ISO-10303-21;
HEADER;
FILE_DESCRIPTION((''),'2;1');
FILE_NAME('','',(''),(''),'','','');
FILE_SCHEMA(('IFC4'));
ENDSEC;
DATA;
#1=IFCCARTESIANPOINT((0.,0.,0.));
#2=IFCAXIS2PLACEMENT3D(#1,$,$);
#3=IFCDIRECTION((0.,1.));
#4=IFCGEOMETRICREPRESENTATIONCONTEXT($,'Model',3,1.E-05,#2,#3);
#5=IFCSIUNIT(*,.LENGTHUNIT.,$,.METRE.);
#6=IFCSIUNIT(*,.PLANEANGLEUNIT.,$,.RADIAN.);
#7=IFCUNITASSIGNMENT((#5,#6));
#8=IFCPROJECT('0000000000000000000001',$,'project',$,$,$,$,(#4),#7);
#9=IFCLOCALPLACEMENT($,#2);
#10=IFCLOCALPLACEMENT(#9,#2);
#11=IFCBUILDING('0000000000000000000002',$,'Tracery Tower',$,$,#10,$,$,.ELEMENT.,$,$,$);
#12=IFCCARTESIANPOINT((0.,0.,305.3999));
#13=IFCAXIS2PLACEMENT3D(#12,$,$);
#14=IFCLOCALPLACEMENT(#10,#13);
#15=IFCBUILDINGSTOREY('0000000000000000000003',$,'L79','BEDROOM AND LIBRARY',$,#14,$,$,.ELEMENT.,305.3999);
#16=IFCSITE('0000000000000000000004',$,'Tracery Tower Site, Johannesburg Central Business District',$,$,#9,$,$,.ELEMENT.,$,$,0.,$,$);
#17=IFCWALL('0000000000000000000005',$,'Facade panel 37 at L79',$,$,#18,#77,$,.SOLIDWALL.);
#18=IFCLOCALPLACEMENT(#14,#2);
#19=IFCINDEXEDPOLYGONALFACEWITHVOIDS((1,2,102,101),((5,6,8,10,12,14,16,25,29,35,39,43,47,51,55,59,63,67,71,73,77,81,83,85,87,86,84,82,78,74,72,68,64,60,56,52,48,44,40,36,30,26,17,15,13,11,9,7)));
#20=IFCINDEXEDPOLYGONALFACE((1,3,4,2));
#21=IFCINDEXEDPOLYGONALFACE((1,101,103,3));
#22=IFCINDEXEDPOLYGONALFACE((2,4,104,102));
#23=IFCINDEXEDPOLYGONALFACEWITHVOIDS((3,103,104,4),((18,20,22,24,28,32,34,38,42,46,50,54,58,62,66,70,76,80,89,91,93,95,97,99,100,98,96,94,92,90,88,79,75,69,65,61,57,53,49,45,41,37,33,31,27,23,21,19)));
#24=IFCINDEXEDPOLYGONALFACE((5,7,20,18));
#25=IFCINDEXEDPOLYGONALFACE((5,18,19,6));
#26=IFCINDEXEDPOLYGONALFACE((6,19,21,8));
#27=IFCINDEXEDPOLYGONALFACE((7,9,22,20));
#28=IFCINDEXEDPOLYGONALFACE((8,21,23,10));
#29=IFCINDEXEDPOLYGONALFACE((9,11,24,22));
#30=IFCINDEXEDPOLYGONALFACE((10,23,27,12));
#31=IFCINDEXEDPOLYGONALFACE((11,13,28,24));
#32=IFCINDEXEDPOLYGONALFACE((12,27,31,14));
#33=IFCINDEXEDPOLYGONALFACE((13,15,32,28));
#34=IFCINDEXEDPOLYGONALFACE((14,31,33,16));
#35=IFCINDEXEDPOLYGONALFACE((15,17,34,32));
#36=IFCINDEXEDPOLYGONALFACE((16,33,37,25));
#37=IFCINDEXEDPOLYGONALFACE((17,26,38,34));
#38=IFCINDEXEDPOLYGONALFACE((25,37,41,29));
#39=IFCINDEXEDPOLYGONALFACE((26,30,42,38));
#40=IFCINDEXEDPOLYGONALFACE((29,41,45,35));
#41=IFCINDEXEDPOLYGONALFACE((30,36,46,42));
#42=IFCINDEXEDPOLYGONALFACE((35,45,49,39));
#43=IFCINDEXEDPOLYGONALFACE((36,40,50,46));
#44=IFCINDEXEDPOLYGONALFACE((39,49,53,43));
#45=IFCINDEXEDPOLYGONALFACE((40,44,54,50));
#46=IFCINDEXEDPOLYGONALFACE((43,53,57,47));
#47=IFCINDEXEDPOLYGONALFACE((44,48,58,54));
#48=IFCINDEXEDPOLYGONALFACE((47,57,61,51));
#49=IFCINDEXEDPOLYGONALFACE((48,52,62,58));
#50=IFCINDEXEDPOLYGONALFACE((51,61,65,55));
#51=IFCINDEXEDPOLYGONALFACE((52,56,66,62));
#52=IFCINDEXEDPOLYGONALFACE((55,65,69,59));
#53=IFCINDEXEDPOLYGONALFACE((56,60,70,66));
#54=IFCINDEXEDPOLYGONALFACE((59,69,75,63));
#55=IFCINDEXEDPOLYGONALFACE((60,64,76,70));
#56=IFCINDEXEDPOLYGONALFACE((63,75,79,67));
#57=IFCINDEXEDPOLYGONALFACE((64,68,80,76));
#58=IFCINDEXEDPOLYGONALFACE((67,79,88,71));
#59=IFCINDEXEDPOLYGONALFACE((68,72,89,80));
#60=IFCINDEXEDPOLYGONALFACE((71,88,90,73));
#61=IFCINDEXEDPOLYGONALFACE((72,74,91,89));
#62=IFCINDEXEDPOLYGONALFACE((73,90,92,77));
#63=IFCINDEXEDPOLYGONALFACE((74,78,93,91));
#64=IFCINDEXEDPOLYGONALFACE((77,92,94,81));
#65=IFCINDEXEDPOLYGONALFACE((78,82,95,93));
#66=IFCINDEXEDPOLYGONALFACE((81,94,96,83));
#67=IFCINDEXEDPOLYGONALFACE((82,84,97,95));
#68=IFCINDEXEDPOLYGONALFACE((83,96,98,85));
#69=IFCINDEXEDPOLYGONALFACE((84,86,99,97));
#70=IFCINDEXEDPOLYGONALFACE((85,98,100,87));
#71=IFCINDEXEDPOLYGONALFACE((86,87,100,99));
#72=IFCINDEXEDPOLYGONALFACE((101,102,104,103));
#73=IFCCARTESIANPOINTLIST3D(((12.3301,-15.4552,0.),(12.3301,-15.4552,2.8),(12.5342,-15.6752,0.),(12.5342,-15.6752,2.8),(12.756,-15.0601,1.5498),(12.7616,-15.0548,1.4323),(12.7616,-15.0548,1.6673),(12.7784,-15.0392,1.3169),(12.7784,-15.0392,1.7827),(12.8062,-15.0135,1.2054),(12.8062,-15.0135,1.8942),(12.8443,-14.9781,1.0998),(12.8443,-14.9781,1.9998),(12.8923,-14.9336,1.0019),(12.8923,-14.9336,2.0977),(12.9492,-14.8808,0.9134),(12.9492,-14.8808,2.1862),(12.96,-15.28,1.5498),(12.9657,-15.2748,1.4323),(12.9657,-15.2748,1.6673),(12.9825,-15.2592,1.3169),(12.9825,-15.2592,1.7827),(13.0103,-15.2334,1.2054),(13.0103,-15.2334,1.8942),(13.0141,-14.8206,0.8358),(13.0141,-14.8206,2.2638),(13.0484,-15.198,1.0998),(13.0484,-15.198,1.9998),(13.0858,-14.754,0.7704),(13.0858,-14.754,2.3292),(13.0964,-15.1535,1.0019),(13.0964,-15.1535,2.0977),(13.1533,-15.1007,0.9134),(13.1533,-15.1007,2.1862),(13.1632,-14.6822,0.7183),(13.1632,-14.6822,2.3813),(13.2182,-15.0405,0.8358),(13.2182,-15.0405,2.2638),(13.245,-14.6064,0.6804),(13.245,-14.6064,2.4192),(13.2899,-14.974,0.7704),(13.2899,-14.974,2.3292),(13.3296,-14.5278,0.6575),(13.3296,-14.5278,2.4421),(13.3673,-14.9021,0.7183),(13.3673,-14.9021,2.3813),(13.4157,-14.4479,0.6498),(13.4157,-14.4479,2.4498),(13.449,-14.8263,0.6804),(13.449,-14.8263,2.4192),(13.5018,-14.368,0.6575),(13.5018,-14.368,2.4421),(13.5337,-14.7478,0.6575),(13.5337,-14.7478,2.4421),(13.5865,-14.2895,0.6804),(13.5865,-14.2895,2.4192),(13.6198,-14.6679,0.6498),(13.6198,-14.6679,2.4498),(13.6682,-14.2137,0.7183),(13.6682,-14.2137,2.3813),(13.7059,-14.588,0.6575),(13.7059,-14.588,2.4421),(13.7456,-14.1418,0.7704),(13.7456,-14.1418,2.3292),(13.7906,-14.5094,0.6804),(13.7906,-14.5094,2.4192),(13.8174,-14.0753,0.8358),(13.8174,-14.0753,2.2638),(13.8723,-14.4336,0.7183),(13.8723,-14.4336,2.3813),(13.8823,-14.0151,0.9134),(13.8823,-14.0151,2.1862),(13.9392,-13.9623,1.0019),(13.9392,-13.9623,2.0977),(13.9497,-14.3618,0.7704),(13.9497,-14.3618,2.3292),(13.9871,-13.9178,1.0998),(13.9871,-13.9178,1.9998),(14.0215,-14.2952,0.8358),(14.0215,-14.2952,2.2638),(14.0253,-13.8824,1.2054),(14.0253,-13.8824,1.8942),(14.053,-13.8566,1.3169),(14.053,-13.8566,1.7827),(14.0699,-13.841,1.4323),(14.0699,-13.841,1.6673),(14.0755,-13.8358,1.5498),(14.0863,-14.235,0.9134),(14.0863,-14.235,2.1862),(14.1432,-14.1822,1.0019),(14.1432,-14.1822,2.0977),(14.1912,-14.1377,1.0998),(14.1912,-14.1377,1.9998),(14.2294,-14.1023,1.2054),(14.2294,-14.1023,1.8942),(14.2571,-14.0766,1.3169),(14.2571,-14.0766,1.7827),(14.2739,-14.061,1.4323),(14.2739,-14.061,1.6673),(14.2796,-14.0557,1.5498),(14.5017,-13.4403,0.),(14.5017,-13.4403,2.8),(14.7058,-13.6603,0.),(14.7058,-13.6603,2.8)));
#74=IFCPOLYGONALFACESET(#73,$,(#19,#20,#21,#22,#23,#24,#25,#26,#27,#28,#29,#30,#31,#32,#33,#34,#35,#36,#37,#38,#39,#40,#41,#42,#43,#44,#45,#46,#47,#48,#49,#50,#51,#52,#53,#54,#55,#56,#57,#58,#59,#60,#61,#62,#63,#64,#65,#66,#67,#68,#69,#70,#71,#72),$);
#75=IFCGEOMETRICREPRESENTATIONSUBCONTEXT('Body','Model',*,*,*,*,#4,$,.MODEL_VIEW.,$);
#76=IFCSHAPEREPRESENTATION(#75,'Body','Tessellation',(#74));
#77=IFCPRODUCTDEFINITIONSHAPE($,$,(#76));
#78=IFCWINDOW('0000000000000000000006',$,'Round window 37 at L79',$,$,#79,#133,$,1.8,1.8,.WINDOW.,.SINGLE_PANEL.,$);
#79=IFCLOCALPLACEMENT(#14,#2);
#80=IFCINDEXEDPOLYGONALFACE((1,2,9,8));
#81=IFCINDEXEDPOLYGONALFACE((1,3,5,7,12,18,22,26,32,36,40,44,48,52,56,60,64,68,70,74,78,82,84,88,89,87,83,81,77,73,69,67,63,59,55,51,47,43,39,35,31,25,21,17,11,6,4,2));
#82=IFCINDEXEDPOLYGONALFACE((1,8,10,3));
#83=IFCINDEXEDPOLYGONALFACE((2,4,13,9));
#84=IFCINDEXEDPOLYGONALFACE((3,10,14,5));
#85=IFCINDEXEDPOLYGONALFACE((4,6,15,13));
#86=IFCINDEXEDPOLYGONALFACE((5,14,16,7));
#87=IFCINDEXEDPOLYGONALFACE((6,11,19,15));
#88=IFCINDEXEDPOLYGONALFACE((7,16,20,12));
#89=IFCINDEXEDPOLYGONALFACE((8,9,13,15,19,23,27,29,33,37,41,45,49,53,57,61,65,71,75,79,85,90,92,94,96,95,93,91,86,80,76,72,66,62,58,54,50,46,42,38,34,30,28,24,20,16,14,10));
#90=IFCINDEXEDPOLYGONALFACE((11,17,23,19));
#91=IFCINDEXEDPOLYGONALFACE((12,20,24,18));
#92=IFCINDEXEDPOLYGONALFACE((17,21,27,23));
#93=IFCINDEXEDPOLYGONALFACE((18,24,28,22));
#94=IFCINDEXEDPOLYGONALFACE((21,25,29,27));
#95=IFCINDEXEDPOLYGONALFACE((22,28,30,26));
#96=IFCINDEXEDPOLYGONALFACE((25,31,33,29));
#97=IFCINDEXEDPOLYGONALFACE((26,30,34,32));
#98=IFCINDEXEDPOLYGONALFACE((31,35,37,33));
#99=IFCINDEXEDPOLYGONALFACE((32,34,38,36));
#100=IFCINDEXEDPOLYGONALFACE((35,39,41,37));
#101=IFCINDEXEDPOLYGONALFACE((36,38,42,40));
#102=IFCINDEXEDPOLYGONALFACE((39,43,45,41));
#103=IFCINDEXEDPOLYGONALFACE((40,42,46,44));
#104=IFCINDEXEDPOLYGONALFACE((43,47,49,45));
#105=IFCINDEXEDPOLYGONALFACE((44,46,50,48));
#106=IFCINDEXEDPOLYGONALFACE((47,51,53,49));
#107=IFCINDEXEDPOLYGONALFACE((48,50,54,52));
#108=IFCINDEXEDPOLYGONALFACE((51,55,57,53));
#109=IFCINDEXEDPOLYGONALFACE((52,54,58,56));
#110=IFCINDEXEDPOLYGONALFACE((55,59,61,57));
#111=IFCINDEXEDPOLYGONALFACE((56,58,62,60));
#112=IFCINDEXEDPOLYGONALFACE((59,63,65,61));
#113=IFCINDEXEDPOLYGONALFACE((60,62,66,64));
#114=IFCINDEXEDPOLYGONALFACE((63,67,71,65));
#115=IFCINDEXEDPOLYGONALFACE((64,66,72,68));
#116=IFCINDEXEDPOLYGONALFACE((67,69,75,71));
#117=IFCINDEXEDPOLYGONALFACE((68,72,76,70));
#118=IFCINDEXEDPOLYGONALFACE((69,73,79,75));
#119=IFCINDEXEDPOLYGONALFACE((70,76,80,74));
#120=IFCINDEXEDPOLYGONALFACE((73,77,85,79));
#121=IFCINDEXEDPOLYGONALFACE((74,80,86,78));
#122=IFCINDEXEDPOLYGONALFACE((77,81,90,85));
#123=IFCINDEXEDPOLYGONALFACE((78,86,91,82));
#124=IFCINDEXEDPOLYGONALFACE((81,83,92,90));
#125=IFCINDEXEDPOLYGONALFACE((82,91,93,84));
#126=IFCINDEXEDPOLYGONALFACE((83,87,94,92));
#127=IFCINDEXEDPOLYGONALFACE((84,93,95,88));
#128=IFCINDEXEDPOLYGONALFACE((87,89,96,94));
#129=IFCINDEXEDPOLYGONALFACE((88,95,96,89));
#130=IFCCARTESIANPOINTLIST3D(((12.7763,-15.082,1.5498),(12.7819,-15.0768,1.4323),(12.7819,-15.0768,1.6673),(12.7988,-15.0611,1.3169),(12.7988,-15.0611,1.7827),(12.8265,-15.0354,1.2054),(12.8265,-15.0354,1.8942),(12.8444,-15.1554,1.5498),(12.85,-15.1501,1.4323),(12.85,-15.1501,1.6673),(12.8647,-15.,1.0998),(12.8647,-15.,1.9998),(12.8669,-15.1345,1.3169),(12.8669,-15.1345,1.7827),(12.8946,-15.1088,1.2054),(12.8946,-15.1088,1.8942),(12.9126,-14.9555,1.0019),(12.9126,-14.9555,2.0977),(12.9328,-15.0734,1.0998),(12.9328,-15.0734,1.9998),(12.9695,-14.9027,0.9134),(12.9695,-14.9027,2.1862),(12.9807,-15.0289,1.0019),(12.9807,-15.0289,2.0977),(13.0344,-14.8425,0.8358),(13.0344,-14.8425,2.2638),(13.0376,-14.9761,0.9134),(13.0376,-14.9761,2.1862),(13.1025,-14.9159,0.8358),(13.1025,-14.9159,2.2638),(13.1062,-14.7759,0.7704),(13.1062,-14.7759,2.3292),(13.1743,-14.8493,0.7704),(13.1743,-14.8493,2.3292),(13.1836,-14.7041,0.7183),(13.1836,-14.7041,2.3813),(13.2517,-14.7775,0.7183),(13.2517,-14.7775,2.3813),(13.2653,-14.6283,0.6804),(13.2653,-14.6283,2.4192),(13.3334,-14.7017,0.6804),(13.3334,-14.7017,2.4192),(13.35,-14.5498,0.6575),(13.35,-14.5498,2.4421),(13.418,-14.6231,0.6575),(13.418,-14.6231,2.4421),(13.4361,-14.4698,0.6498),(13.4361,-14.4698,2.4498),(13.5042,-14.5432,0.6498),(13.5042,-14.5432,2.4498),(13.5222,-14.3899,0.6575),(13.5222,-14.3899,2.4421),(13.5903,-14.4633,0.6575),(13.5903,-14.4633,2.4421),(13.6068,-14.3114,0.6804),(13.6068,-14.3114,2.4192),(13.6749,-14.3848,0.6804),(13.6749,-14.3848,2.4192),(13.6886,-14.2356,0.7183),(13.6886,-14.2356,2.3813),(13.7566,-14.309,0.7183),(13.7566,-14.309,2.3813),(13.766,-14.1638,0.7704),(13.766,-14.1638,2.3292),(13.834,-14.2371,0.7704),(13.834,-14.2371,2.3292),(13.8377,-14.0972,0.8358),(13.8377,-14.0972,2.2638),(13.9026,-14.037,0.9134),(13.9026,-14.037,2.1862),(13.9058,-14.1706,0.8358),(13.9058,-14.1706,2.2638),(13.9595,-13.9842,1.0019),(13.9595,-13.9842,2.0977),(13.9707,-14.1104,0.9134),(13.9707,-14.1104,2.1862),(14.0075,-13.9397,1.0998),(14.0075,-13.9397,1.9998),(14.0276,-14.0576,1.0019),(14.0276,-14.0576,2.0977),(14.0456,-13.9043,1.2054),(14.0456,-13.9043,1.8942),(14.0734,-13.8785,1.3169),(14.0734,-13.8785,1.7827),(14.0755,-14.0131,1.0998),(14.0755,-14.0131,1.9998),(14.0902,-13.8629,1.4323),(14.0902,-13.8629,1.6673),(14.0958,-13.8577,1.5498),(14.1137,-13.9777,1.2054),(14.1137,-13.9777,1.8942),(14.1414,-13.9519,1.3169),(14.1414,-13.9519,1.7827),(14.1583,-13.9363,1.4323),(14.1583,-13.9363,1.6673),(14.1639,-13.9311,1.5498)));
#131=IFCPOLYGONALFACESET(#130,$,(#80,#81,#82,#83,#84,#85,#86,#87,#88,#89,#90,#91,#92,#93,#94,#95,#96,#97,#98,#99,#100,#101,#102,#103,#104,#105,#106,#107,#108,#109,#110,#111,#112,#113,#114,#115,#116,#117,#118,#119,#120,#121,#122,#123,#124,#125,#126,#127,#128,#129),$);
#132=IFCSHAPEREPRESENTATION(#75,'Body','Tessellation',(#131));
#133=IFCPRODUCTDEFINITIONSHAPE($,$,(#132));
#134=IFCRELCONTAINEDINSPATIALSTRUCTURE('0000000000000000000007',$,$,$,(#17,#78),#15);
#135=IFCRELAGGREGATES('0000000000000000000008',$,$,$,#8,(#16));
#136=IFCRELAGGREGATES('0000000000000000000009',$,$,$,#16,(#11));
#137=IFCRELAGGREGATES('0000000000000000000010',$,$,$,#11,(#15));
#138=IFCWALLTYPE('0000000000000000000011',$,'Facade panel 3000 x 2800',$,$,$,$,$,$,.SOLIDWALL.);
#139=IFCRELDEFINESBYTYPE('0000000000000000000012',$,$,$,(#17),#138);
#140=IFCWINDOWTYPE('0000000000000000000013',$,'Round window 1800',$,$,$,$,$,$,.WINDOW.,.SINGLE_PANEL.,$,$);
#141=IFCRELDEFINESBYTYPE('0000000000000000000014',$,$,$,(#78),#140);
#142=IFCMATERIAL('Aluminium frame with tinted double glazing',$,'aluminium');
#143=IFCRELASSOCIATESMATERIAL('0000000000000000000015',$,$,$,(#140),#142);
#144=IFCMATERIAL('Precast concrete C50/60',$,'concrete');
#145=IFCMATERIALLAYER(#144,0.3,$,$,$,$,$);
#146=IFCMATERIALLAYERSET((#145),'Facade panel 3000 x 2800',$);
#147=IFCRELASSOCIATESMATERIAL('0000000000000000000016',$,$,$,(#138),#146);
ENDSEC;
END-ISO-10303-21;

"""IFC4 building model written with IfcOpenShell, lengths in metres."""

from ifc_helpers import new_model, si_unit, direction, frame, frame_2d, origin, origin_2d, place, context, subcontext, project, spatial, rectangle, circle, extrude, material, layer, layer_set, type_object, element, fill, save


model = new_model("IFC4")

# Units and contexts
model_context = context("Model", 3, precision=1e-05, world=origin(), true_north=direction((0.0, 1.0)))
body_context = subcontext(model_context, "Body", "Model", "MODEL_VIEW")
ifc_project = project(units=[si_unit("LENGTHUNIT", "METRE"), si_unit("PLANEANGLEUNIT", "RADIAN")], contexts=[model_context])

# Site, building, storey
site_placement = place(None, origin())
site = spatial("IfcSite", under=ifc_project, at=site_placement, Name="Tracery Tower Site, Johannesburg Central Business District", CompositionType="ELEMENT", RefElevation=0.0)
building_placement = place(site_placement, origin())
building = spatial("IfcBuilding", under=site, at=building_placement, Name="Tracery Tower", CompositionType="ELEMENT")
storey_placement = place(building_placement, frame((0.0, 0.0, 305.3999)))
storey = spatial("IfcBuildingStorey", under=building, at=storey_placement, Name="L79", Description="BEDROOM AND LIBRARY", CompositionType="ELEMENT", Elevation=305.3999)

# Wall, opening, window
ifc_material_1 = material(Name="Aluminium frame with tinted double glazing", Category="aluminium")
window_type = type_object("IfcWindowType", Name="Round window 1800", PartitioningType="SINGLE_PANEL", PredefinedType="WINDOW", material=ifc_material_1)
ifc_material_2 = material(Name="Precast concrete C50/60", Category="concrete")
ifc_layer_1 = layer(ifc_material_2, 0.3)
ifc_layer_set_1 = layer_set([ifc_layer_1], Name="Facade panel 3000 x 2800")
wall_type_1 = type_object("IfcWallType", Name="Facade panel 3000 x 2800", PredefinedType="SOLIDWALL", material=ifc_layer_set_1)
wall_1_placement = place(storey_placement, frame((12.4321, -15.5652, 0.0), z_axis=(0.0, 0.0, 1.0), x_axis=(0.733066, 0.680157, 0.0)))
wall_1 = element("IfcWall", 1, at=wall_1_placement, inside=storey, type_object=wall_type_1, Name="Facade panel 37 at L79", PredefinedType="SOLIDWALL", context=body_context, shape_type="SweptSolid", body=[
    extrude(rectangle(XDim=2.9624, YDim=0.3, at=frame_2d((1.4812, 0.0))), origin(), (0.0, 0.0, 1.0), 2.8),
])
opening_1_placement = place(wall_1_placement, frame((1.481, 0.0, 1.5498)))
opening_1 = element("IfcOpeningElement", 2, at=opening_1_placement, cuts=wall_1, PredefinedType="OPENING", context=body_context, shape_type="SweptSolid", body=[
    extrude(circle(Radius=0.9, at=origin_2d()), frame((0.0, 0.1599, 0.0), z_axis=(0.0, -1.0, 0.0), x_axis=(1.0, 0.0, 0.0)), (0.0, 0.0, 1.0), 0.3201),
])
window_1_placement = place(opening_1_placement, origin())
window_1 = element("IfcWindow", 3, at=window_1_placement, inside=storey, type_object=window_type, Name="Round window 37 at L79", OverallHeight=1.8, OverallWidth=1.8, PartitioningType="SINGLE_PANEL", PredefinedType="WINDOW", context=body_context, shape_type="SweptSolid", body=[
    extrude(circle(Radius=0.9, at=origin_2d()), frame((0.0, 0.1201, 0.0), z_axis=(0.0, -1.0, 0.0), x_axis=(1.0, 0.0, 0.0)), (0.0, 0.0, 1.0), 0.1001),
])
fill(opening_1, window_1)

save(model, "model.ifc")
